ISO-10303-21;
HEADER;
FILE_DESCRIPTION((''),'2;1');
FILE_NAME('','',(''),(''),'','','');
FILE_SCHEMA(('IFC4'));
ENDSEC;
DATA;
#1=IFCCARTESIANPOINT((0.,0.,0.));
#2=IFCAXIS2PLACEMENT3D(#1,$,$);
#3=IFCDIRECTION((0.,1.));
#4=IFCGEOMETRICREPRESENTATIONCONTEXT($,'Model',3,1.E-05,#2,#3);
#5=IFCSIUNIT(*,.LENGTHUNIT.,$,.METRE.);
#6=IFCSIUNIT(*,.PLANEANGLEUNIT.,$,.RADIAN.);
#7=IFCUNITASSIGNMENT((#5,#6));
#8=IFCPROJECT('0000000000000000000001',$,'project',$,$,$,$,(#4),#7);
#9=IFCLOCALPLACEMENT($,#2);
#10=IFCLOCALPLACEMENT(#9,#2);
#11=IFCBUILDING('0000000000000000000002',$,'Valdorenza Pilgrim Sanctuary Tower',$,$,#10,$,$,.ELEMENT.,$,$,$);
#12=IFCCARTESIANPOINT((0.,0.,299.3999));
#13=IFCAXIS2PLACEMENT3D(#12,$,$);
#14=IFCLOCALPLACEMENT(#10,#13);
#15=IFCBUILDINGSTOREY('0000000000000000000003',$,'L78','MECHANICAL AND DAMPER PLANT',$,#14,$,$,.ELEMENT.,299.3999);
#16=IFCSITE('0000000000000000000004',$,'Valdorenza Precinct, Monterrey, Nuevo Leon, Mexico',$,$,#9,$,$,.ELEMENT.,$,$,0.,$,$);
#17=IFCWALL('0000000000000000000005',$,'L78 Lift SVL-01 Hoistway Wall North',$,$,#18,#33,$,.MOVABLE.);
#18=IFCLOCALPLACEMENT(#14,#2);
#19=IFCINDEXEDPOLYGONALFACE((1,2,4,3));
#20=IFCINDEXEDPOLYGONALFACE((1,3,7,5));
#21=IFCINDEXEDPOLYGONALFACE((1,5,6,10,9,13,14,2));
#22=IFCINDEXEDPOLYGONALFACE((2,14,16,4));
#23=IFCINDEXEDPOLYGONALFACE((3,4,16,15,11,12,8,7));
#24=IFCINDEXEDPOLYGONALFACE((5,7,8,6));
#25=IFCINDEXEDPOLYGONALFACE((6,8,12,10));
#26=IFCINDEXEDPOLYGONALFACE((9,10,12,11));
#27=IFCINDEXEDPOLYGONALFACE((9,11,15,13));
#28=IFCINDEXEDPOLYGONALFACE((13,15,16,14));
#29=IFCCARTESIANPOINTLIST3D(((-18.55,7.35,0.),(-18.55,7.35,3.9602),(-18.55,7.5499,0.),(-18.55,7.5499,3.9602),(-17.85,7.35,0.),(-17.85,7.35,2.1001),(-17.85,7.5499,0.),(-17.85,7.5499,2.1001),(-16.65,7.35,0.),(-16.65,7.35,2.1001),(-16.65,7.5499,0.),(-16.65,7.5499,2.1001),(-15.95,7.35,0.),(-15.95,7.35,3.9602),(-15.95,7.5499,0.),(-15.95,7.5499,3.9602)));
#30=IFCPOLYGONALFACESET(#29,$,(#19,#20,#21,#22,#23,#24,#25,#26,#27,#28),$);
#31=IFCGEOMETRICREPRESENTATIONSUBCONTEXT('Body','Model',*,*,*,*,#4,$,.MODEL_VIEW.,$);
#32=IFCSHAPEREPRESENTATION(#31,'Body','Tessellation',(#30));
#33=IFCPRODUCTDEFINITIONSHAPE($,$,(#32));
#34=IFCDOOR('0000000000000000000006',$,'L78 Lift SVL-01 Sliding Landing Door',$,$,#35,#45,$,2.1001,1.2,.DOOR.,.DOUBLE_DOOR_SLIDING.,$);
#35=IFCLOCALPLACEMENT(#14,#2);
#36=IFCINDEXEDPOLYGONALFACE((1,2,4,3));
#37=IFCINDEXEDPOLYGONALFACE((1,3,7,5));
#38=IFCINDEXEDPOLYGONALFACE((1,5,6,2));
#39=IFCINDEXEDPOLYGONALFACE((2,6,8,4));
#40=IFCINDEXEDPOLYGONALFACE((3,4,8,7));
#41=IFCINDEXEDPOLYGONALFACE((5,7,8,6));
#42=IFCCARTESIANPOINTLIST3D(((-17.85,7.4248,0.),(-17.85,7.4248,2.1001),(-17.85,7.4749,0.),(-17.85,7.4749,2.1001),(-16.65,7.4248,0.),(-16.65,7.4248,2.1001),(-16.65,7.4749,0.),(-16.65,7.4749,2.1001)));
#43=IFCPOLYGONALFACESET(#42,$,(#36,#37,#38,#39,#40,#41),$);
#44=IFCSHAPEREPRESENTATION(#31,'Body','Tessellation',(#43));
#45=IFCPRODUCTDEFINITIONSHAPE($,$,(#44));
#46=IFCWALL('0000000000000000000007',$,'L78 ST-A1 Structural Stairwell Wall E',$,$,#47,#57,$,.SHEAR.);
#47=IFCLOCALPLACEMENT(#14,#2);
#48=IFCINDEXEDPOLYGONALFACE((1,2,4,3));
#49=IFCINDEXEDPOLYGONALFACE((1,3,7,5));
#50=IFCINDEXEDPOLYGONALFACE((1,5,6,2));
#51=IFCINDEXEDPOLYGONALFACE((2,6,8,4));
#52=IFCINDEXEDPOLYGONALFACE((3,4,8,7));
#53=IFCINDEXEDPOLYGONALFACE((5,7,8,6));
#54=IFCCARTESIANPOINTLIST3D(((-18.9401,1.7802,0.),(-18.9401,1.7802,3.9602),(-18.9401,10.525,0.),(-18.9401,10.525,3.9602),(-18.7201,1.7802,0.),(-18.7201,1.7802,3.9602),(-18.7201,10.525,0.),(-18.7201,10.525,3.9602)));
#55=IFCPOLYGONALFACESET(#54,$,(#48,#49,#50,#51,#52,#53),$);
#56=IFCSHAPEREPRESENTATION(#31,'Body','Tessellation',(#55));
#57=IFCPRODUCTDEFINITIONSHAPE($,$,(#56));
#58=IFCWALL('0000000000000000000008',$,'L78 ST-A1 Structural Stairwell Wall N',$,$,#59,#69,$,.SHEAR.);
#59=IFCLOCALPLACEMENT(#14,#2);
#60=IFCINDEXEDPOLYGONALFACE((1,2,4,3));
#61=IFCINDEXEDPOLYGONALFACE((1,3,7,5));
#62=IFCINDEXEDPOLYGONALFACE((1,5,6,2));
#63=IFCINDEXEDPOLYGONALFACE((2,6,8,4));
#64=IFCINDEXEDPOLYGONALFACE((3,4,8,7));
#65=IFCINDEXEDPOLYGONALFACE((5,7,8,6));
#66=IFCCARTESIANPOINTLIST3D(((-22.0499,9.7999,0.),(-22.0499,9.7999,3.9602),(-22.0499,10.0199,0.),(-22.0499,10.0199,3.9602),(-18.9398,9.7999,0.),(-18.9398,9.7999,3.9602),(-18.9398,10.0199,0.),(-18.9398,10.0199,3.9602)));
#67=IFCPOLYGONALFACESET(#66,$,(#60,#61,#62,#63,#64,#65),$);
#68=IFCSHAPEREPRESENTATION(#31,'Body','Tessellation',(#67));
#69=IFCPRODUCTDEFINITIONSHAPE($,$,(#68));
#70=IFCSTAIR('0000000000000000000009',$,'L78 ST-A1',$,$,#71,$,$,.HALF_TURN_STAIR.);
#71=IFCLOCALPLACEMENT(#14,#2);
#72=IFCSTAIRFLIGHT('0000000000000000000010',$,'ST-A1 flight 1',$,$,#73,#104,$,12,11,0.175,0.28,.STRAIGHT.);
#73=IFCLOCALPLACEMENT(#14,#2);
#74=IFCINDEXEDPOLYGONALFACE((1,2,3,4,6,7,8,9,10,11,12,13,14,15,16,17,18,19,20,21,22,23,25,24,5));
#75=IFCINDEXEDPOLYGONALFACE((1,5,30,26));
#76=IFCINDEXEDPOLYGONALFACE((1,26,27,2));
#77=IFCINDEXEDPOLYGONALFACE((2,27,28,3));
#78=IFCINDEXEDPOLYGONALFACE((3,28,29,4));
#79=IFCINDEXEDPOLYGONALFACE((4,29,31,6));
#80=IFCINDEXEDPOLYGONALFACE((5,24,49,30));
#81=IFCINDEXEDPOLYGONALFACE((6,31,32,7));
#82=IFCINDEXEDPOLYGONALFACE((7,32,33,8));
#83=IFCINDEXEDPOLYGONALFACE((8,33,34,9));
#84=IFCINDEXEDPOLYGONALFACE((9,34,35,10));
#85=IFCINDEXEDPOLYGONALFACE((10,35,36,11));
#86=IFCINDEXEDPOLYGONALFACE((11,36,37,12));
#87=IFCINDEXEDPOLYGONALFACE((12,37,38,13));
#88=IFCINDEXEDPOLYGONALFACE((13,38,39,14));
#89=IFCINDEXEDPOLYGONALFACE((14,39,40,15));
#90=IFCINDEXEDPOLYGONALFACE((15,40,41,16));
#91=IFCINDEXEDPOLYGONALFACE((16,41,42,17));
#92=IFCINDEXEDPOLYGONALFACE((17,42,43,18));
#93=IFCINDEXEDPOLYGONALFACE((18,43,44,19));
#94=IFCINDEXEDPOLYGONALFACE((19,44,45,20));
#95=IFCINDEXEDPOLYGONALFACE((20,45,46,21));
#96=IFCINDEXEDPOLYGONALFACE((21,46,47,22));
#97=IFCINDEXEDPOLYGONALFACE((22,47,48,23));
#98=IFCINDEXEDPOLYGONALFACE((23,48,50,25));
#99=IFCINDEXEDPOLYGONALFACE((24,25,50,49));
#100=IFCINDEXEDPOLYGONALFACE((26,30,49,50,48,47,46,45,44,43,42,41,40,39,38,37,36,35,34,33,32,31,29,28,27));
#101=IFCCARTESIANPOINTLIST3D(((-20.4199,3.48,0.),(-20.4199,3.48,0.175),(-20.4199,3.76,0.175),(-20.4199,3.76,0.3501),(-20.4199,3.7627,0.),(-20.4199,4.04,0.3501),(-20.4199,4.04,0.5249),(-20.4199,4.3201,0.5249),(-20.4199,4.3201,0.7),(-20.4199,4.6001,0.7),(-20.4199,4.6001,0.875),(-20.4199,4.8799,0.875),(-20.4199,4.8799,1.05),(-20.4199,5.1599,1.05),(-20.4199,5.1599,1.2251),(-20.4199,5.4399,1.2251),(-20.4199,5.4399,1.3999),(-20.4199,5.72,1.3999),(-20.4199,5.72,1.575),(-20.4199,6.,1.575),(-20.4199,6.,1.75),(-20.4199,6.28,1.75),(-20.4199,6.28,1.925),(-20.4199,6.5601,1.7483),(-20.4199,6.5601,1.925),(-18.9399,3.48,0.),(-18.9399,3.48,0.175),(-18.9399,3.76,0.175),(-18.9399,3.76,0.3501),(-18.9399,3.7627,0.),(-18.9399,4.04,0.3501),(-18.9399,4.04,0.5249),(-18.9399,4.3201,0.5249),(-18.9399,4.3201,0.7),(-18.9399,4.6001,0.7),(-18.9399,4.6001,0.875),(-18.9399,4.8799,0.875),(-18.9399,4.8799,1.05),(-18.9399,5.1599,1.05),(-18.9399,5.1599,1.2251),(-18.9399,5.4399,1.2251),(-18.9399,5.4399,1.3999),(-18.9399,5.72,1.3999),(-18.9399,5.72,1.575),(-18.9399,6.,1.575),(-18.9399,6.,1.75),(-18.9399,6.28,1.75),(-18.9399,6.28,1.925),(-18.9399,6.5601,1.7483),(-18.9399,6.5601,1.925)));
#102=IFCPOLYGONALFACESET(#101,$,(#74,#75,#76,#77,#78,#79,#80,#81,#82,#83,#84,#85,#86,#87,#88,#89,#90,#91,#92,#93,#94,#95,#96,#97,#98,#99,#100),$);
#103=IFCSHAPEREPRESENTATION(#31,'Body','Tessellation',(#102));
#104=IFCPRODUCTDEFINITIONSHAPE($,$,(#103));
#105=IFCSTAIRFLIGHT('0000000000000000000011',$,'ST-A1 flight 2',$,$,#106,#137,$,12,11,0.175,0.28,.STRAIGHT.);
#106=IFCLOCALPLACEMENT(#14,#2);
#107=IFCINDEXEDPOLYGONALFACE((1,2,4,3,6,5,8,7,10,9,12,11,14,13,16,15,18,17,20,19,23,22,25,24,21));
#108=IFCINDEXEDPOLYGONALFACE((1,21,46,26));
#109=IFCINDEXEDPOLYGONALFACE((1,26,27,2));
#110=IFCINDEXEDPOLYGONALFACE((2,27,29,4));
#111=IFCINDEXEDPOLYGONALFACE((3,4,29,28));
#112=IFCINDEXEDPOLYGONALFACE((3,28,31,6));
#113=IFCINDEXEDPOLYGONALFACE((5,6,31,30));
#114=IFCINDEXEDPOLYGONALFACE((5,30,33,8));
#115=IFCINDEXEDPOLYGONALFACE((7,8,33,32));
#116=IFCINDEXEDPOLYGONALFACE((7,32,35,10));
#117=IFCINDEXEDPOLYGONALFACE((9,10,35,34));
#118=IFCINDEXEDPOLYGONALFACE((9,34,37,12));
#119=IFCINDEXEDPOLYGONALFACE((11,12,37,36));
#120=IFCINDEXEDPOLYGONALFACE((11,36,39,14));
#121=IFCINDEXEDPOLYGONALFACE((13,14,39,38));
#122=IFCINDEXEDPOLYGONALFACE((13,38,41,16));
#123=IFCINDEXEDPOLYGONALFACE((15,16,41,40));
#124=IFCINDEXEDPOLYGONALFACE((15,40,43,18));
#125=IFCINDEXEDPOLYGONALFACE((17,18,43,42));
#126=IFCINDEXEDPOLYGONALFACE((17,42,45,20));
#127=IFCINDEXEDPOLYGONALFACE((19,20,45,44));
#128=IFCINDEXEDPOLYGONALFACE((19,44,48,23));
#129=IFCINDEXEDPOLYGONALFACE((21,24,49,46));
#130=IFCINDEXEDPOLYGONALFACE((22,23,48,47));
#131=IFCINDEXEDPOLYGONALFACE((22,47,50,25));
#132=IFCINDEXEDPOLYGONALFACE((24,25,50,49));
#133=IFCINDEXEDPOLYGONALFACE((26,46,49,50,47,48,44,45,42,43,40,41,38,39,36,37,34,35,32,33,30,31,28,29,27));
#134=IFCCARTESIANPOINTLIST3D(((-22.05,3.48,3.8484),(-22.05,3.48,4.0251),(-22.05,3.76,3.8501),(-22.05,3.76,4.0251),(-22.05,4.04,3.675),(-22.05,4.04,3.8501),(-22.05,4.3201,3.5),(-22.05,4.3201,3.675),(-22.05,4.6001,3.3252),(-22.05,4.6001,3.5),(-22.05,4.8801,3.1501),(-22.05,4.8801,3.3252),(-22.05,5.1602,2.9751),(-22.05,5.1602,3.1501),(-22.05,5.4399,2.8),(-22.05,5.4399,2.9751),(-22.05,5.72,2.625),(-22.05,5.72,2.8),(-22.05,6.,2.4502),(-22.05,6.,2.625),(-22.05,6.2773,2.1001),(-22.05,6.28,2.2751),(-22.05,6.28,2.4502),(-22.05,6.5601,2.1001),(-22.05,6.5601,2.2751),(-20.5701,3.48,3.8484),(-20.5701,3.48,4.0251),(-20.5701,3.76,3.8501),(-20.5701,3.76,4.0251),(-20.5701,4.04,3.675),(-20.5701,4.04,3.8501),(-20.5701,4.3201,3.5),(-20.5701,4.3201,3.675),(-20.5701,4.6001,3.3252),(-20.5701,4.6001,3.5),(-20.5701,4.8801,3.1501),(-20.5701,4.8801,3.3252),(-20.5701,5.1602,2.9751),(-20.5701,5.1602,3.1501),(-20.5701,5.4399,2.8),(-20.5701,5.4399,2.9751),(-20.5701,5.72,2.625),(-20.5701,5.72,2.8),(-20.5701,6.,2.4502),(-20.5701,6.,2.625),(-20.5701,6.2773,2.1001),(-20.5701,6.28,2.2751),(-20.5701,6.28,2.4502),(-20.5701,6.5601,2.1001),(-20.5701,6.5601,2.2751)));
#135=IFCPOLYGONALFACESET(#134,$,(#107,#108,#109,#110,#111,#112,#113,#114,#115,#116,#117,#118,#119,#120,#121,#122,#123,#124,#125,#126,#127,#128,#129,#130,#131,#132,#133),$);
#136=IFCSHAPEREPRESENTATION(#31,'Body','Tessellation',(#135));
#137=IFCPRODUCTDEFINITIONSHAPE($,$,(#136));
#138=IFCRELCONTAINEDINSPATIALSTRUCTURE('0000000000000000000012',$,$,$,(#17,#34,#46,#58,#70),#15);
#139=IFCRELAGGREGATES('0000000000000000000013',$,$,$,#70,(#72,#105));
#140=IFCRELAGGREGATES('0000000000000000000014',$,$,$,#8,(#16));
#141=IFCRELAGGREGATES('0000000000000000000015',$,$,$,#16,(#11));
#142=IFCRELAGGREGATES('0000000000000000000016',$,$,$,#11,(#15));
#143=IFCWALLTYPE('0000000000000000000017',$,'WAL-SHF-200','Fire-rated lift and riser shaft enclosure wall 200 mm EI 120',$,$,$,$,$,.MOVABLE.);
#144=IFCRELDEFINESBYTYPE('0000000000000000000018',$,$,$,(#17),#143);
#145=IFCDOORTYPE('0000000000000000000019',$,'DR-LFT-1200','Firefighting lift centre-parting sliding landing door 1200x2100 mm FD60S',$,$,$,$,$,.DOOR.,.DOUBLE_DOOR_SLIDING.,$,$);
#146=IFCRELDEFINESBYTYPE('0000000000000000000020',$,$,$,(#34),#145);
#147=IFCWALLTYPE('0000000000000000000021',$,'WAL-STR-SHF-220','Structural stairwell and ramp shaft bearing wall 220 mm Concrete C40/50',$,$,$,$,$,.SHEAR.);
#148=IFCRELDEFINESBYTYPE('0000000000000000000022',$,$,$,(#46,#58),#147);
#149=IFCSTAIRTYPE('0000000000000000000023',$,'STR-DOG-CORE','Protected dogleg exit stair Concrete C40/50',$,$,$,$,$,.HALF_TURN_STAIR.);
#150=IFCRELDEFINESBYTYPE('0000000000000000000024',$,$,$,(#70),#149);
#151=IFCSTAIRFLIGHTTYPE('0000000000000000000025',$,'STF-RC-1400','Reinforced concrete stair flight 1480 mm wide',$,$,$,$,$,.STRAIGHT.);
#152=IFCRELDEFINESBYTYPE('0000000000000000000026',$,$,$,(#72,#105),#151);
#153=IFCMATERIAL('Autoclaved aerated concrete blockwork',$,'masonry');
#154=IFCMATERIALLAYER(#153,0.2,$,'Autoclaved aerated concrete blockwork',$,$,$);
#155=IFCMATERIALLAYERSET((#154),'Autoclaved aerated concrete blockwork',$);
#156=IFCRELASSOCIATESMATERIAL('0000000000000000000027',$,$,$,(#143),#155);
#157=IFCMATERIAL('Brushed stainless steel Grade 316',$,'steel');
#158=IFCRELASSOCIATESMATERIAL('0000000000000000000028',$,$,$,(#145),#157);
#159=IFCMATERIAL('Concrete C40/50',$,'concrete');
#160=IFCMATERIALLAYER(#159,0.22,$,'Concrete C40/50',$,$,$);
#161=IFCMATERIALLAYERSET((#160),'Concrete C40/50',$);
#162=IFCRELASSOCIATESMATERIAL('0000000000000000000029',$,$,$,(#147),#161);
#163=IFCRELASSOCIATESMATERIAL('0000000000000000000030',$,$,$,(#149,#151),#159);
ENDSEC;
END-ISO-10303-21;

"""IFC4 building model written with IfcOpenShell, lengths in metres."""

from ifc_helpers import new_model, si_unit, direction, frame, frame_2d, origin, place, context, subcontext, project, spatial, polyline, rectangle, outline, extrude, material, layer, layer_set, type_object, element, fill, aggregate, save


model = new_model("IFC4")

# Units and contexts
model_context = context("Model", 3, precision=1e-05, world=origin(), true_north=direction((0.0, 1.0)))
body_context = subcontext(model_context, "Body", "Model", "MODEL_VIEW")
ifc_project = project(units=[si_unit("LENGTHUNIT", "METRE"), si_unit("PLANEANGLEUNIT", "RADIAN")], contexts=[model_context])

# Site, building, storey
site_placement = place(None, origin())
site = spatial("IfcSite", under=ifc_project, at=site_placement, Name="Valdorenza Precinct, Monterrey, Nuevo Leon, Mexico", CompositionType="ELEMENT", RefElevation=0.0)
building_placement = place(site_placement, origin())
building = spatial("IfcBuilding", under=site, at=building_placement, Name="Valdorenza Pilgrim Sanctuary Tower", CompositionType="ELEMENT")
storey_placement = place(building_placement, frame((0.0, 0.0, 299.3999)))
storey = spatial("IfcBuildingStorey", under=building, at=storey_placement, Name="L78", Description="MECHANICAL AND DAMPER PLANT", CompositionType="ELEMENT", Elevation=299.3999)

# Shared definitions
ifc_material_1 = material(Name="Autoclaved aerated concrete blockwork", Category="masonry")
ifc_layer_1 = layer(ifc_material_1, 0.2, Name="Autoclaved aerated concrete blockwork")
ifc_layer_set_1 = layer_set([ifc_layer_1], Name="Autoclaved aerated concrete blockwork")
wall_type_1 = type_object("IfcWallType", Name="WAL-SHF-200", Description="Fire-rated lift and riser shaft enclosure wall 200 mm EI 120", PredefinedType="MOVABLE", material=ifc_layer_set_1)

# Shared definitions
ifc_material_2 = material(Name="Brushed stainless steel Grade 316", Category="steel")
door_type_1 = type_object("IfcDoorType", Name="DR-LFT-1200", Description="Firefighting lift centre-parting sliding landing door 1200x2100 mm FD60S", OperationType="DOUBLE_DOOR_SLIDING", PredefinedType="DOOR", material=ifc_material_2)

# Wall, opening, door
wall_1_placement = place(storey_placement, frame((-18.55, 7.45, 0.0), z_axis=(0.0, 0.0, 1.0), x_axis=(1.0, 0.0, 0.0)))
wall_1 = element("IfcWall", 1, at=wall_1_placement, inside=storey, type_object=wall_type_1, Name="L78 Lift SVL-01 Hoistway Wall North", PredefinedType="MOVABLE", context=body_context, shape_type="SweptSolid", body=[
    extrude(rectangle(XDim=2.6001, YDim=0.2, at=frame_2d((1.3, 0.0))), origin(), (0.0, 0.0, 1.0), 3.9602),
])
opening_1_placement = place(wall_1_placement, frame((0.7, 0.0, 0.0)))
opening_1 = element("IfcOpeningElement", 2, at=opening_1_placement, cuts=wall_1, PredefinedType="OPENING", context=body_context, shape_type="SweptSolid", body=[
    extrude(rectangle(XDim=1.2, YDim=2.1001, at=frame_2d((0.6001, 1.05))), frame((0.0, 0.1147, 0.0), z_axis=(0.0, -1.0, 0.0), x_axis=(1.0, 0.0, 0.0)), (0.0, 0.0, 1.0), 0.2297),
])
door_1_placement = place(opening_1_placement, origin())
door_1 = element("IfcDoor", 3, at=door_1_placement, inside=storey, type_object=door_type_1, Name="L78 Lift SVL-01 Sliding Landing Door", OperationType="DOUBLE_DOOR_SLIDING", OverallHeight=2.1001, OverallWidth=1.2, PredefinedType="DOOR", context=body_context, shape_type="SweptSolid", body=[
    extrude(rectangle(XDim=1.2, YDim=2.1001, at=frame_2d((0.6001, 1.05))), frame((0.0, 0.0249, 0.0), z_axis=(0.0, -1.0, 0.0), x_axis=(1.0, 0.0, 0.0)), (0.0, 0.0, 1.0), 0.05),
])
fill(opening_1, door_1)

# Wall
ifc_material_3 = material(Name="Concrete C40/50", Category="concrete")
ifc_layer_2 = layer(ifc_material_3, 0.22, Name="Concrete C40/50")
ifc_layer_set_2 = layer_set([ifc_layer_2], Name="Concrete C40/50")
wall_type_2 = type_object("IfcWallType", Name="WAL-STR-SHF-220", Description="Structural stairwell and ramp shaft bearing wall 220 mm Concrete C40/50", PredefinedType="SHEAR", material=ifc_layer_set_2)
wall_2_placement = place(storey_placement, frame((-18.8301, 1.78, 0.0), z_axis=(0.0, 0.0, 1.0), x_axis=(0.0, 1.0, 0.0)))
element("IfcWall", 4, at=wall_2_placement, inside=storey, type_object=wall_type_2, Name="L78 ST-A1 Structural Stairwell Wall E", PredefinedType="SHEAR", context=body_context, shape_type="SweptSolid", body=[
    extrude(rectangle(XDim=8.7449, YDim=0.22, at=frame_2d((4.3726, 0.0))), origin(), (0.0, 0.0, 1.0), 3.9602),
])

# Wall
wall_3_placement = place(storey_placement, frame((-22.05, 9.9099, 0.0), z_axis=(0.0, 0.0, 1.0), x_axis=(1.0, 0.0, 0.0)))
element("IfcWall", 5, at=wall_3_placement, inside=storey, type_object=wall_type_2, Name="L78 ST-A1 Structural Stairwell Wall N", PredefinedType="SHEAR", context=body_context, shape_type="SweptSolid", body=[
    extrude(rectangle(XDim=3.1101, YDim=0.22, at=frame_2d((1.5552, 0.0))), origin(), (0.0, 0.0, 1.0), 3.9602),
])

# Stair, stair flights
stair_type = type_object("IfcStairType", Name="STR-DOG-CORE", Description="Protected dogleg exit stair Concrete C40/50", PredefinedType="HALF_TURN_STAIR", material=ifc_material_3)
stair_placement = place(storey_placement, origin())
stair = element("IfcStair", 6, at=stair_placement, inside=storey, type_object=stair_type, Name="L78 ST-A1", PredefinedType="HALF_TURN_STAIR")
stair_flight_type = type_object("IfcStairFlightType", Name="STF-RC-1400", Description="Reinforced concrete stair flight 1480 mm wide", PredefinedType="STRAIGHT", material=ifc_material_3)
stair_flight_1_placement = place(storey_placement, frame((-19.6799, 3.48, 0.0), z_axis=(0.0, 0.0, 1.0), x_axis=(0.0, 1.0, 0.0)))
stair_flight_1 = element("IfcStairFlight", 7, at=stair_flight_1_placement, type_object=stair_flight_type, Name="ST-A1 flight 1", NumberOfRisers=12, NumberOfTreads=11, PredefinedType="STRAIGHT", RiserHeight=0.175, TreadLength=0.28, context=body_context, shape_type="SweptSolid", body=[
    extrude(outline(polyline([(0.0, 0.0), (0.0, 0.175), (0.28, 0.175), (0.28, 0.3501), (0.5601, 0.3501), (0.5601, 0.5249), (0.8401, 0.5249), (0.8401, 0.7), (1.1201, 0.7), (1.1201, 0.875), (1.3999, 0.875), (1.3999, 1.05), (1.6799, 1.05), (1.6799, 1.2251), (1.96, 1.2251), (1.96, 1.3999), (2.24, 1.3999), (2.24, 1.575), (2.52, 1.575), (2.52, 1.75), (2.8, 1.75), (2.8, 1.925), (3.0801, 1.925), (3.0801, 2.1001), (3.0801, 1.7483), (0.2827, 0.0), (0.0, 0.0)])), frame((0.0, 0.74, 0.0), z_axis=(0.0, -1.0, 0.0), x_axis=(1.0, 0.0, 0.0)), (0.0, 0.0, 1.0), 1.48),
])
stair_flight_2_placement = place(storey_placement, frame((-21.3101, 6.5601, 2.1001), z_axis=(0.0, 0.0, 1.0), x_axis=(0.0, -1.0, 0.0)))
stair_flight_2 = element("IfcStairFlight", 8, at=stair_flight_2_placement, type_object=stair_flight_type, Name="ST-A1 flight 2", NumberOfRisers=12, NumberOfTreads=11, PredefinedType="STRAIGHT", RiserHeight=0.175, TreadLength=0.28, context=body_context, shape_type="SweptSolid", body=[
    extrude(outline(polyline([(0.0, 0.0), (0.0, 0.175), (0.28, 0.175), (0.28, 0.3501), (0.5601, 0.3501), (0.5601, 0.5249), (0.8401, 0.5249), (0.8401, 0.7), (1.1201, 0.7), (1.1201, 0.875), (1.3999, 0.875), (1.3999, 1.05), (1.6799, 1.05), (1.6799, 1.2251), (1.96, 1.2251), (1.96, 1.3999), (2.24, 1.3999), (2.24, 1.575), (2.52, 1.575), (2.52, 1.75), (2.8, 1.75), (2.8, 1.925), (3.0801, 1.925), (3.0801, 2.1001), (3.0801, 1.7483), (0.2827, 0.0), (0.0, 0.0)])), frame((0.0, 0.74, 0.0), z_axis=(0.0, -1.0, 0.0), x_axis=(1.0, 0.0, 0.0)), (0.0, 0.0, 1.0), 1.48),
])
aggregate(stair, [stair_flight_1, stair_flight_2])

save(model, "model.ifc")
